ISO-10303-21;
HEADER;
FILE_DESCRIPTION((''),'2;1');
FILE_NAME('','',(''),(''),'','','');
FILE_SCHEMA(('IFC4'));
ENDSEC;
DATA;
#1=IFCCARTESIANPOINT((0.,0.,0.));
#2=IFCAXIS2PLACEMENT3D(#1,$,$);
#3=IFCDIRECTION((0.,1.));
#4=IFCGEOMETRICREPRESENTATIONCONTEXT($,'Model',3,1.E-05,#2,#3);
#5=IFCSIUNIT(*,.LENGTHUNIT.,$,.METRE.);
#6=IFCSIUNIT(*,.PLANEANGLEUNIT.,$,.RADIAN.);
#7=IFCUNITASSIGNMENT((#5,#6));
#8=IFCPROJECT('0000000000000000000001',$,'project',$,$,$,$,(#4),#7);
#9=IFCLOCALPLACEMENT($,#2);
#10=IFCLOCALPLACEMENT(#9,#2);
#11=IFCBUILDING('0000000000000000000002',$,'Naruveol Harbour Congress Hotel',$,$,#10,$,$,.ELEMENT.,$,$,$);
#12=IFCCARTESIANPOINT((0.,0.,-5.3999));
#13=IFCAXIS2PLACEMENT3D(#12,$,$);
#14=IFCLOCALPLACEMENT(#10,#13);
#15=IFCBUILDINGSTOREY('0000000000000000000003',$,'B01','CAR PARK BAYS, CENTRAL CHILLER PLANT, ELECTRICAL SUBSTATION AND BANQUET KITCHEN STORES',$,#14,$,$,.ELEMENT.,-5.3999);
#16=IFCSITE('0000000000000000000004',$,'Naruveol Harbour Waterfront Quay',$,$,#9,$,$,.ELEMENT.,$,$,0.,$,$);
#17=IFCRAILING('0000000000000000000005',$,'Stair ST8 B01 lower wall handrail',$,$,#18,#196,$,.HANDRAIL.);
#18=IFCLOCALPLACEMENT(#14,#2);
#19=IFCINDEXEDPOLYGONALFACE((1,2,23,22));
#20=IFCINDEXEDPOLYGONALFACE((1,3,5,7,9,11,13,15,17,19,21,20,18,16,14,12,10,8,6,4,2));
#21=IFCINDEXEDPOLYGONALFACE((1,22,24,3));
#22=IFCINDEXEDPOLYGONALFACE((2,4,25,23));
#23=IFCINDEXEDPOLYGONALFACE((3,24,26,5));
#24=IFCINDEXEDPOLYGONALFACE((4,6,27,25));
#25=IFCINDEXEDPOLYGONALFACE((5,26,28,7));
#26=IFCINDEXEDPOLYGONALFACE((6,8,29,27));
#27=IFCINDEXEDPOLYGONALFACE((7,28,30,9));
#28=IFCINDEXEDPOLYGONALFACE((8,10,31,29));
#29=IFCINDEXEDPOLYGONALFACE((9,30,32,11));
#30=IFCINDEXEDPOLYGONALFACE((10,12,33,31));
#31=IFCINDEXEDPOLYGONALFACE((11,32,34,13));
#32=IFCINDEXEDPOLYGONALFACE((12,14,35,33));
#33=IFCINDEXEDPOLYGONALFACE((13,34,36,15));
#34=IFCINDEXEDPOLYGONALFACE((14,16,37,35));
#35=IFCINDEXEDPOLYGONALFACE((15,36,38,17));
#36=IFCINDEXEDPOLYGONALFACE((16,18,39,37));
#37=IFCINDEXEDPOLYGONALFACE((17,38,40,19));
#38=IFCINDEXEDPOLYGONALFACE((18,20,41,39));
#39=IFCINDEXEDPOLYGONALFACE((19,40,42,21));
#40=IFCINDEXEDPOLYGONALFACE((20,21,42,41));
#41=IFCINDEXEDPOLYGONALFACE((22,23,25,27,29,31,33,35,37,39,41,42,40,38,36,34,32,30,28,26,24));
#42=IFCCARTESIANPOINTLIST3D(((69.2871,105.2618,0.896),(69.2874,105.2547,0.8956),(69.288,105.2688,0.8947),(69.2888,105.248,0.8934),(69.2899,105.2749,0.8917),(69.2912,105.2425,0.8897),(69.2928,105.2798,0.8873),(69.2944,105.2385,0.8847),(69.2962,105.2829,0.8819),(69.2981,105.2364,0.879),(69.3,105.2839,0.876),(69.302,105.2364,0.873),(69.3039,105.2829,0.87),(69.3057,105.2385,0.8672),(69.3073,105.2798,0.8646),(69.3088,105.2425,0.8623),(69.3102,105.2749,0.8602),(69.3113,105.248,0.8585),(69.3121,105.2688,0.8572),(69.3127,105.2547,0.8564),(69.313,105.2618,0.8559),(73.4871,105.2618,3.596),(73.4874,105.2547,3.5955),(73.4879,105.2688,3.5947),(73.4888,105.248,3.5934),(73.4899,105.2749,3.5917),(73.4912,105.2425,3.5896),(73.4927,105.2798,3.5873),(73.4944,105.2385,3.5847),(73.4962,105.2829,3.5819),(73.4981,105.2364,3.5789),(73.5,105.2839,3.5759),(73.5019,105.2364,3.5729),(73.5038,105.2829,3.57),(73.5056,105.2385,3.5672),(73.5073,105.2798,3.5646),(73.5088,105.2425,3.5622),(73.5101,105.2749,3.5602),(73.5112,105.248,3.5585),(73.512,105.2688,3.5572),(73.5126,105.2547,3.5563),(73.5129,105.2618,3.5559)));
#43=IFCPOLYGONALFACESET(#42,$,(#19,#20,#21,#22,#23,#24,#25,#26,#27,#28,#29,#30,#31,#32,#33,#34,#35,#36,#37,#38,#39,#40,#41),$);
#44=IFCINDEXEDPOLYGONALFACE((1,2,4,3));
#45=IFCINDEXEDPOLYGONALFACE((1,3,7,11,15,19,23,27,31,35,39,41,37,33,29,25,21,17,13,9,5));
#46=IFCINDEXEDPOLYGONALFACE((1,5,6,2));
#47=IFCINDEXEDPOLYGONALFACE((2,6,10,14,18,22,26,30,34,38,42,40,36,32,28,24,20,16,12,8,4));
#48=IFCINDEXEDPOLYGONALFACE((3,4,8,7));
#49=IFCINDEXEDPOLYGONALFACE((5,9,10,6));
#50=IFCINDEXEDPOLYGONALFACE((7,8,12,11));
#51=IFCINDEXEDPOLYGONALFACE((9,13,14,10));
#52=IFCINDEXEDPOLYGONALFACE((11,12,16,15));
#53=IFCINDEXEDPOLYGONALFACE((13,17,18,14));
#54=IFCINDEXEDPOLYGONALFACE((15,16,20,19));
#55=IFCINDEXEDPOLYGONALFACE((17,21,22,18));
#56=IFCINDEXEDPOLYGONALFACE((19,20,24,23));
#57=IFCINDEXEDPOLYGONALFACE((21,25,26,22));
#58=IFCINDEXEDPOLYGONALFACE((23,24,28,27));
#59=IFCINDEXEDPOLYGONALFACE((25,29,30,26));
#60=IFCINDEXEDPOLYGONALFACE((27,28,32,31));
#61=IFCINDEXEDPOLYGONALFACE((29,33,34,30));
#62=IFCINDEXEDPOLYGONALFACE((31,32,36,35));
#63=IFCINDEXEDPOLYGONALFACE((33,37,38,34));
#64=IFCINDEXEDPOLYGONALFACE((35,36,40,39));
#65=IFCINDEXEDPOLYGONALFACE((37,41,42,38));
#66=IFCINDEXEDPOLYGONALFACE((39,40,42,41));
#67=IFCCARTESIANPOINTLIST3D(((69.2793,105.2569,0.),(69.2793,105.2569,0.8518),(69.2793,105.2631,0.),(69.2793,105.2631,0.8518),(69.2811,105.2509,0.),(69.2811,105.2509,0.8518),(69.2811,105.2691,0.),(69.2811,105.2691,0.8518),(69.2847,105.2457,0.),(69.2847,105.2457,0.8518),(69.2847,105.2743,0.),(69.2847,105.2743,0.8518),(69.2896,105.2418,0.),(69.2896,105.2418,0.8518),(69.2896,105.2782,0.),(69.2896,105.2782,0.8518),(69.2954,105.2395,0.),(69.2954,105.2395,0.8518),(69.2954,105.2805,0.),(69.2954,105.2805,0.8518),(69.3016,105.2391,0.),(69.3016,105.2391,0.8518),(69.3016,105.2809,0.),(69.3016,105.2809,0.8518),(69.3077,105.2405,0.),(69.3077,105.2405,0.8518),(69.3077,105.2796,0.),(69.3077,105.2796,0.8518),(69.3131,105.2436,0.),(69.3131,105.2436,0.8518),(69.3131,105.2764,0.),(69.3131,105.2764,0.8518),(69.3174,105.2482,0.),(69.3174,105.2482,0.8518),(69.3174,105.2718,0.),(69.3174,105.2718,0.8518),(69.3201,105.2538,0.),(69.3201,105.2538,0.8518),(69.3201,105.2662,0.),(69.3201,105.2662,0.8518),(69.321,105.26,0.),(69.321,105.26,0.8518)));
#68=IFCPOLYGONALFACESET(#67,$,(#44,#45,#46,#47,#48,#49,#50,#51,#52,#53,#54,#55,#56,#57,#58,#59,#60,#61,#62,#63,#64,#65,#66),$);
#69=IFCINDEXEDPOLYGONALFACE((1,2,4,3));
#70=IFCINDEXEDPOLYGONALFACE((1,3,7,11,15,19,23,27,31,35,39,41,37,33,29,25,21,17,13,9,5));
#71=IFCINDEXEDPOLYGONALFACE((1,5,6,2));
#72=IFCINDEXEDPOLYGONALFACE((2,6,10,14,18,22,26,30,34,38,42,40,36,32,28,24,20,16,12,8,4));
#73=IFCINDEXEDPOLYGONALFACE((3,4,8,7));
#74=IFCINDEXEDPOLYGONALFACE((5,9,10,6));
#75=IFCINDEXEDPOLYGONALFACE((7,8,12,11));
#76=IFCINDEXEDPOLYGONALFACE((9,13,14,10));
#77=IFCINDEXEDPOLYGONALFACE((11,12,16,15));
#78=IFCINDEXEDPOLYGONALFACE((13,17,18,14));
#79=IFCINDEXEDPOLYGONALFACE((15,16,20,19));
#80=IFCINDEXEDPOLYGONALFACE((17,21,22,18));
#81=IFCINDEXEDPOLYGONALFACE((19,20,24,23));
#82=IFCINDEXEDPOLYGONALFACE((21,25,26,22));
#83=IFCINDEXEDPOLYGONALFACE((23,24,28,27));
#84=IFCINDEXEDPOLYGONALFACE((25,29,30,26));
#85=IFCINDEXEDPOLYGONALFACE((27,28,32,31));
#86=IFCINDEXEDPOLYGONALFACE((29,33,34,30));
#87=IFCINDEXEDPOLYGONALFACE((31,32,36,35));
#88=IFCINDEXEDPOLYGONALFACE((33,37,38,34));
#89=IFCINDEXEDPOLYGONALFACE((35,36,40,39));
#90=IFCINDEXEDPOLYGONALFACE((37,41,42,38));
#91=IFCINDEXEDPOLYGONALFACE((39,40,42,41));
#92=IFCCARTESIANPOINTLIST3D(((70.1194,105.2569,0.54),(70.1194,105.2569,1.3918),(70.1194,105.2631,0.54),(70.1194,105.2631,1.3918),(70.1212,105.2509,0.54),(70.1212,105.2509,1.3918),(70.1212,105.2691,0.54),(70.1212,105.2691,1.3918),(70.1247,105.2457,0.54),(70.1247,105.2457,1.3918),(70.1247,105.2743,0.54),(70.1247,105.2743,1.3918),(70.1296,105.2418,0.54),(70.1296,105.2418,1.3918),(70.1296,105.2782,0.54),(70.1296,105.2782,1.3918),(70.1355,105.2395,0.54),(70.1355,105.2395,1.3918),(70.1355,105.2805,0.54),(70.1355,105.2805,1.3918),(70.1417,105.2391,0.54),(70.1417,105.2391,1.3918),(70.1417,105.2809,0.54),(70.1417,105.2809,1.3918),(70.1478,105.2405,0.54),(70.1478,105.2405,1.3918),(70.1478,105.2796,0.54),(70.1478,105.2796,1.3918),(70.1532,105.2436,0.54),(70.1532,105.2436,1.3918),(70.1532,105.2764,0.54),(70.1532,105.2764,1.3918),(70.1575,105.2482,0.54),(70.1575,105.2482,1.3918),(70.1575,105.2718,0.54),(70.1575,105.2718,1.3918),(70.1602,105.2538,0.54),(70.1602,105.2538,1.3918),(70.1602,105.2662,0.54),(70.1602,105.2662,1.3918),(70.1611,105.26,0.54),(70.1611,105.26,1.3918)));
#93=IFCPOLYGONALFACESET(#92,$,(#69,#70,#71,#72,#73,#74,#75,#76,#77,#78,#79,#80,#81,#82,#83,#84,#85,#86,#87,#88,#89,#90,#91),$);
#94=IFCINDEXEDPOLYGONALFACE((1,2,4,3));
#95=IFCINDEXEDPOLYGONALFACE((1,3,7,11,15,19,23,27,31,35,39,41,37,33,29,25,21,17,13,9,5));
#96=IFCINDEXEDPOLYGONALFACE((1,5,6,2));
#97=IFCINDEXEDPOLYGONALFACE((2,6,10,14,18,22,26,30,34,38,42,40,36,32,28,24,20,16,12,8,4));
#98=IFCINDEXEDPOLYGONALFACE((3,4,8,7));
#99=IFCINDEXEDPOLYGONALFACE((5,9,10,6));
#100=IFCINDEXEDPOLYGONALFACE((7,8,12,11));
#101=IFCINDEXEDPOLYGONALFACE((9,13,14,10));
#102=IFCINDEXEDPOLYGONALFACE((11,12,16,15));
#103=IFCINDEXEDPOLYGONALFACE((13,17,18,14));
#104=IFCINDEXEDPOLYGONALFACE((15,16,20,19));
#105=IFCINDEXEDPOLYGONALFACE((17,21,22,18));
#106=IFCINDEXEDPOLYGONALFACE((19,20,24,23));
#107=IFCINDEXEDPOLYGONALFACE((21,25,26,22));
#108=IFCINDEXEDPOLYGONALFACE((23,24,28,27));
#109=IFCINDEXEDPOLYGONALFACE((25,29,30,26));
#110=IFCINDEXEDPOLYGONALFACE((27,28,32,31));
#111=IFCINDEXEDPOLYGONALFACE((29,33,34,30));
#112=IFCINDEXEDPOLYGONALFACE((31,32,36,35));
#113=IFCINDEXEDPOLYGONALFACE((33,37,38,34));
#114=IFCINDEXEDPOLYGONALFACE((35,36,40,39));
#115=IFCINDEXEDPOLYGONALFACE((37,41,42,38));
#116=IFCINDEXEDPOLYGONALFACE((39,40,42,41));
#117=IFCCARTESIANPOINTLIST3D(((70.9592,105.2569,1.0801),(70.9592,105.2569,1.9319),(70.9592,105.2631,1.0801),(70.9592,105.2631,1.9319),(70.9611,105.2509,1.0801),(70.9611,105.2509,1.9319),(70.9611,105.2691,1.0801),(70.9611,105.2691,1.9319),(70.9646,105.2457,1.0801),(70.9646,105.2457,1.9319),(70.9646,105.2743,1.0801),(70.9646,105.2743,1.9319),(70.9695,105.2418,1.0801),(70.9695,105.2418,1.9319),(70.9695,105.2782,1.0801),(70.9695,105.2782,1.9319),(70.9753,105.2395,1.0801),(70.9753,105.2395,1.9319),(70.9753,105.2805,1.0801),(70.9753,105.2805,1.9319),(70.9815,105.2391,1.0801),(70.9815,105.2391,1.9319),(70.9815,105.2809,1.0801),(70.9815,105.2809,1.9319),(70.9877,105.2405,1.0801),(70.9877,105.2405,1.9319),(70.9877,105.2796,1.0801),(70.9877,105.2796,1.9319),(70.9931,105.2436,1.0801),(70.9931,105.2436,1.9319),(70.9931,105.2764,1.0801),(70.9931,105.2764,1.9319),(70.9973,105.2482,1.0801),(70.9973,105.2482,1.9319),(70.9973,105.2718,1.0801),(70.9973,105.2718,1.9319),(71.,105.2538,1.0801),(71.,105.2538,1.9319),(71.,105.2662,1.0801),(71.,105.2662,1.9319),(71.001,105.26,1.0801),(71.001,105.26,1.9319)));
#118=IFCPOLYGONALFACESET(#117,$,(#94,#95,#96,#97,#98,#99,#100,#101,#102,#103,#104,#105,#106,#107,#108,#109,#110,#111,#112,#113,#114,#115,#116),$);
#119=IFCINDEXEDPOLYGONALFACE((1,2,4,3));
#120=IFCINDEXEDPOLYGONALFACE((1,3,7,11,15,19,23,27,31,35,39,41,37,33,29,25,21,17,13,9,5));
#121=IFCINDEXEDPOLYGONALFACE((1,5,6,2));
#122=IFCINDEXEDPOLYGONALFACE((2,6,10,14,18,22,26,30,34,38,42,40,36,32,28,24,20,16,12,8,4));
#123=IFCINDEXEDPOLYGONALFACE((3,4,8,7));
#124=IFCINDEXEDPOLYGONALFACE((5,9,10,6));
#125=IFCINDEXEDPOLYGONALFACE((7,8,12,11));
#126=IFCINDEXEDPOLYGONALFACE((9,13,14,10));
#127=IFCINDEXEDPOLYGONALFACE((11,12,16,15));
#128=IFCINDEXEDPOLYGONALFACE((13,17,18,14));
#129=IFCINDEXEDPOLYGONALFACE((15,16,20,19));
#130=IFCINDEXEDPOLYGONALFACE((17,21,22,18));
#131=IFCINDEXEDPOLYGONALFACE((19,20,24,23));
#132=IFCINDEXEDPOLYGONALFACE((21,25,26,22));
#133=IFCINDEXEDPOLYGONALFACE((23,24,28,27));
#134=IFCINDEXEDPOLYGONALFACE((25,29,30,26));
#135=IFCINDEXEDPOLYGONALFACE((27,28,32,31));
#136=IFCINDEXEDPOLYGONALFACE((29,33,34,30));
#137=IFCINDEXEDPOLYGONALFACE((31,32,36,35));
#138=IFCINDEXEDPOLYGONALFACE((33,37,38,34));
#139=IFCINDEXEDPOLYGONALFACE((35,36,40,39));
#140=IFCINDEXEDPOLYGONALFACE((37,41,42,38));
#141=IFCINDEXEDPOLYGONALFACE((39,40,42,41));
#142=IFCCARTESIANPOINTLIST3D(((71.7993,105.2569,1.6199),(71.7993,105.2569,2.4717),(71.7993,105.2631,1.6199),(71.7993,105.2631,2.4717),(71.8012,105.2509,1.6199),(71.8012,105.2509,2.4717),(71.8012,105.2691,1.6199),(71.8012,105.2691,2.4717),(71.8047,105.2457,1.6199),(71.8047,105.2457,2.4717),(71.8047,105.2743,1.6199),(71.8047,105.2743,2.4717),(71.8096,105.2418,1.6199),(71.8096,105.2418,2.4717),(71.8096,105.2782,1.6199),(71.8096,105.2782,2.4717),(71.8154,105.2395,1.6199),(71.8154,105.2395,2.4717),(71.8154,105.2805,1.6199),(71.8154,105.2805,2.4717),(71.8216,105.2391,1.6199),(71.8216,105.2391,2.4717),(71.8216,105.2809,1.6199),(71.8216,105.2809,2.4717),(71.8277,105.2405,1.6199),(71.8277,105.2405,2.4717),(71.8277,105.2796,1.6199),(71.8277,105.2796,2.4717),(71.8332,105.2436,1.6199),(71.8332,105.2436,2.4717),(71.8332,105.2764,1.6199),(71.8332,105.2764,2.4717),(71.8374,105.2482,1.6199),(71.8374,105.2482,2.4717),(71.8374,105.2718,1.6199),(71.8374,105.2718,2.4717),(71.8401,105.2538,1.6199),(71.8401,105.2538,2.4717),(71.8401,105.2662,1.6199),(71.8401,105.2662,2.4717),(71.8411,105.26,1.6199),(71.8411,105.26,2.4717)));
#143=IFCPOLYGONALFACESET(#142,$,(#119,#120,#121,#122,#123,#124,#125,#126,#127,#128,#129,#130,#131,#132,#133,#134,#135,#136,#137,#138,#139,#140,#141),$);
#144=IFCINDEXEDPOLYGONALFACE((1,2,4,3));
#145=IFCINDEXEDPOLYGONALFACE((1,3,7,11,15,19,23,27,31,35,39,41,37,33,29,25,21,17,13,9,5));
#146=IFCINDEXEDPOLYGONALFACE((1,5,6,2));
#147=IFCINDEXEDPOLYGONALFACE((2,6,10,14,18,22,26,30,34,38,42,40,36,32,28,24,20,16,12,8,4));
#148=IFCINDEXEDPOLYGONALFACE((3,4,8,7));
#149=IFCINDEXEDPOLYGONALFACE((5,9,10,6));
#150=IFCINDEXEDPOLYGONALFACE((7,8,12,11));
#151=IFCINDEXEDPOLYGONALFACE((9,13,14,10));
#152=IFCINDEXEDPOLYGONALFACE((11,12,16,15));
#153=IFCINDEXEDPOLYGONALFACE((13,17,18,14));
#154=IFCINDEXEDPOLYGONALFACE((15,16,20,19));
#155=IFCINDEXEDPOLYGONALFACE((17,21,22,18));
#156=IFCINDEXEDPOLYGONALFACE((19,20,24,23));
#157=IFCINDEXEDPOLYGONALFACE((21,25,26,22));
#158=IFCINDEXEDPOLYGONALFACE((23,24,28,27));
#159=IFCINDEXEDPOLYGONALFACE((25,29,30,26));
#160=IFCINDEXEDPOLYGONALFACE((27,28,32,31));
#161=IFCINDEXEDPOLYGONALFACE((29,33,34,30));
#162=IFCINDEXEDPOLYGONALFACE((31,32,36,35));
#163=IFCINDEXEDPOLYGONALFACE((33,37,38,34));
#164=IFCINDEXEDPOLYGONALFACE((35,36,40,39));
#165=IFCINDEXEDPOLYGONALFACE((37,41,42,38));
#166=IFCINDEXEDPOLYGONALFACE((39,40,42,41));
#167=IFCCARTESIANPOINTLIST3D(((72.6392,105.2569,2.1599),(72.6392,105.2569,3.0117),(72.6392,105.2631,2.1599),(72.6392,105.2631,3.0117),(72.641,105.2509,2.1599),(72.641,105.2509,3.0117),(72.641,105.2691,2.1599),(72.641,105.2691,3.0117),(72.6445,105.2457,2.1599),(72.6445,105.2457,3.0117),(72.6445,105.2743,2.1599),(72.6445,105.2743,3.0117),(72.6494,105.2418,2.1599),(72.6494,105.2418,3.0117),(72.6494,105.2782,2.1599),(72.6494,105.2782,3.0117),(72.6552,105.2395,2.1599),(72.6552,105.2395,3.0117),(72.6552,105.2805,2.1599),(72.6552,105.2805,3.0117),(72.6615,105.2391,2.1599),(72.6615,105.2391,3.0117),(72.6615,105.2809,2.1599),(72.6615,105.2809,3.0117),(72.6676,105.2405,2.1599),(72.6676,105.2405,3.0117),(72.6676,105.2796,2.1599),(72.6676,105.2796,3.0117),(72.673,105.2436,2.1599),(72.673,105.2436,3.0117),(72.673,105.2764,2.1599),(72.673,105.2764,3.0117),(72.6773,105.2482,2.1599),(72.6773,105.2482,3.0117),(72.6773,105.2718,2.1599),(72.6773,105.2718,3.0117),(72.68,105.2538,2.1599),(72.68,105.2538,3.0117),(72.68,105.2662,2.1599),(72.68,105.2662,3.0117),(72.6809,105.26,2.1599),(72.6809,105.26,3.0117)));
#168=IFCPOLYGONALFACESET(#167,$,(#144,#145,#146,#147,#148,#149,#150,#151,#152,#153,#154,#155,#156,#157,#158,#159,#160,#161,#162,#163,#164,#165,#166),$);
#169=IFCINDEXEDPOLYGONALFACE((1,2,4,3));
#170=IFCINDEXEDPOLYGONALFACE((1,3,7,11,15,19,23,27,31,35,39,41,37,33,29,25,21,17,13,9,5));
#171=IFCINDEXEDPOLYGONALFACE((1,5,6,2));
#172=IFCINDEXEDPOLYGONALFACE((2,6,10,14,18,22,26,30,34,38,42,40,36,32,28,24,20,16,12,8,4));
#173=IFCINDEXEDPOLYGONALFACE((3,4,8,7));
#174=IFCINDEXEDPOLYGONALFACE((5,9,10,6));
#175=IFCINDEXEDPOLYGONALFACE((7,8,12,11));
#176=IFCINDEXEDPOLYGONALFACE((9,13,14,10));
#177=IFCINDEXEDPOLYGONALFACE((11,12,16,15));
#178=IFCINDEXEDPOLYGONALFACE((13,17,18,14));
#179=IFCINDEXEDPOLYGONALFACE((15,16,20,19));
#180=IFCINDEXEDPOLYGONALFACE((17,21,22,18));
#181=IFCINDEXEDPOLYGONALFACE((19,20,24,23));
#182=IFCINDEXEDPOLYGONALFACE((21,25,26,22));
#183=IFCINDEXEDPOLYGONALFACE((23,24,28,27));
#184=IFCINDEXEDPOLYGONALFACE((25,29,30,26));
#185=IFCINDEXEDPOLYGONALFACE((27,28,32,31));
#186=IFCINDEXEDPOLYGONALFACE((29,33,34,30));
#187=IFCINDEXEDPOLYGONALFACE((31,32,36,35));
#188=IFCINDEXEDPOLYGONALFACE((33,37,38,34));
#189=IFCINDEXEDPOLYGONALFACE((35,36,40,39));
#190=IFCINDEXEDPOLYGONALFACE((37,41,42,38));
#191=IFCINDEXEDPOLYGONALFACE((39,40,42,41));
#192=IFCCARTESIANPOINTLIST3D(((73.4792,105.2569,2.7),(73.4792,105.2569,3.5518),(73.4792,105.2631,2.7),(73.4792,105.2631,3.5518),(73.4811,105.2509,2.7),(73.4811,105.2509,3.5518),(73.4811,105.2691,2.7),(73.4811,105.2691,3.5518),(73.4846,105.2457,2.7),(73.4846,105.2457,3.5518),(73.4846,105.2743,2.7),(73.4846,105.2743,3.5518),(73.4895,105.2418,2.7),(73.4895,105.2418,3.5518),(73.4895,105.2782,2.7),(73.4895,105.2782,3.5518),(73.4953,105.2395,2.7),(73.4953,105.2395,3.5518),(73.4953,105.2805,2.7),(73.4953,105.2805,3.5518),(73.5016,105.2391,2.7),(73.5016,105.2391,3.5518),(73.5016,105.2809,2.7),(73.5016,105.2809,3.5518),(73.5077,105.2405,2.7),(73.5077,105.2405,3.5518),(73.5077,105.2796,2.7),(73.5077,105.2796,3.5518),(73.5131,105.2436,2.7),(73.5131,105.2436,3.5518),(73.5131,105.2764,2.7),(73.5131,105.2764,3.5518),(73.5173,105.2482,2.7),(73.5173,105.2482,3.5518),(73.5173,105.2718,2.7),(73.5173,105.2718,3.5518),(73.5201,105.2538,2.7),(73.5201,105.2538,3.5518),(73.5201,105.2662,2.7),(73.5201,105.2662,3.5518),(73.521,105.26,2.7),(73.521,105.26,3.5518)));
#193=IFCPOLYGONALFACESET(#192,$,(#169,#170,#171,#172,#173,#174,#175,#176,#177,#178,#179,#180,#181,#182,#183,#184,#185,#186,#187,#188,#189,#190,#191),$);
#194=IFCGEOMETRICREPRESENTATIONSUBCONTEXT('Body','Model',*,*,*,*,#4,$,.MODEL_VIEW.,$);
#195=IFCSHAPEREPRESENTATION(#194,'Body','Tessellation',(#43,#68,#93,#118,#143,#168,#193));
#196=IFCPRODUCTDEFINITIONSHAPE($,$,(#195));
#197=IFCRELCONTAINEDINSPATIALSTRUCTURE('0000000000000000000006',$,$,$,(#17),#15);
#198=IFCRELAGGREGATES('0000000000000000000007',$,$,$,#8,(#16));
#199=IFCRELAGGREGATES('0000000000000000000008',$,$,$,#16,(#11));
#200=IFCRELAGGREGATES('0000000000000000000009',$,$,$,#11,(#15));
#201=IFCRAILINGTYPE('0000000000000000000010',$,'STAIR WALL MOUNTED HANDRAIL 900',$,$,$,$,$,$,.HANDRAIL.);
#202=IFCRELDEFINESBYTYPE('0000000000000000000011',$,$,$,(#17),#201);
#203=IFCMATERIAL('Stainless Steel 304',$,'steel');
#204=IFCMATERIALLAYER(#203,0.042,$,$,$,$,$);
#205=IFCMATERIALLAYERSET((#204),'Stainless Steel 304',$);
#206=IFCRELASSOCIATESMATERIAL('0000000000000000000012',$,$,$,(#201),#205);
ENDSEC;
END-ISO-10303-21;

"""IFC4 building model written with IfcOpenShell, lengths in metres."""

from ifc_helpers import new_model, si_unit, direction, frame, origin, origin_2d, place, context, subcontext, project, spatial, circle, extrude, material, layer, layer_set, type_object, element, save


model = new_model("IFC4")

# Units and contexts
model_context = context("Model", 3, precision=1e-05, world=origin(), true_north=direction((0.0, 1.0)))
body_context = subcontext(model_context, "Body", "Model", "MODEL_VIEW")
ifc_project = project(units=[si_unit("LENGTHUNIT", "METRE"), si_unit("PLANEANGLEUNIT", "RADIAN")], contexts=[model_context])

# Site, building, storey
site_placement = place(None, origin())
site = spatial("IfcSite", under=ifc_project, at=site_placement, Name="Naruveol Harbour Waterfront Quay", CompositionType="ELEMENT", RefElevation=0.0)
building_placement = place(site_placement, origin())
building = spatial("IfcBuilding", under=site, at=building_placement, Name="Naruveol Harbour Congress Hotel", CompositionType="ELEMENT")
storey_placement = place(building_placement, frame((0.0, 0.0, -5.3999)))
storey = spatial("IfcBuildingStorey", under=building, at=storey_placement, Name="B01", Description="CAR PARK BAYS, CENTRAL CHILLER PLANT, ELECTRICAL SUBSTATION AND BANQUET KITCHEN STORES", CompositionType="ELEMENT", Elevation=-5.3999)

# Railing
ifc_material_1 = material(Name="Stainless Steel 304", Category="steel")
ifc_layer_1 = layer(ifc_material_1, 0.042)
ifc_layer_set_1 = layer_set([ifc_layer_1], Name="Stainless Steel 304")
railing_type_1 = type_object("IfcRailingType", Name="STAIR WALL MOUNTED HANDRAIL 900", PredefinedType="HANDRAIL", material=ifc_layer_set_1)
railing_1_placement = place(storey_placement, frame((69.3, 105.26, 0.0)))
element("IfcRailing", 1, at=railing_1_placement, inside=storey, type_object=railing_type_1, Name="Stair ST8 B01 lower wall handrail", PredefinedType="HANDRAIL", context=body_context, shape_type="SweptSolid", body=[
    extrude(circle(Radius=0.0239, at=origin_2d()), frame((0.0, 0.0, 0.876), z_axis=(0.84118, 0.0, 0.540755), x_axis=(0.0, 1.0, 0.0)), (0.0, 0.0, 1.0), 4.9929),
    extrude(circle(Radius=0.021, at=origin_2d()), origin(), (0.0, 0.0, 1.0), 0.8518),
    extrude(circle(Radius=0.021, at=origin_2d()), frame((0.8401, 0.0, 0.54)), (0.0, 0.0, 1.0), 0.8518),
    extrude(circle(Radius=0.021, at=origin_2d()), frame((1.6799, 0.0, 1.0801)), (0.0, 0.0, 1.0), 0.8518),
    extrude(circle(Radius=0.021, at=origin_2d()), frame((2.52, 0.0, 1.6199)), (0.0, 0.0, 1.0), 0.8518),
    extrude(circle(Radius=0.021, at=origin_2d()), frame((3.3599, 0.0, 2.1599)), (0.0, 0.0, 1.0), 0.8518),
    extrude(circle(Radius=0.021, at=origin_2d()), frame((4.2, 0.0, 2.7)), (0.0, 0.0, 1.0), 0.8518),
])

save(model, "model.ifc")
